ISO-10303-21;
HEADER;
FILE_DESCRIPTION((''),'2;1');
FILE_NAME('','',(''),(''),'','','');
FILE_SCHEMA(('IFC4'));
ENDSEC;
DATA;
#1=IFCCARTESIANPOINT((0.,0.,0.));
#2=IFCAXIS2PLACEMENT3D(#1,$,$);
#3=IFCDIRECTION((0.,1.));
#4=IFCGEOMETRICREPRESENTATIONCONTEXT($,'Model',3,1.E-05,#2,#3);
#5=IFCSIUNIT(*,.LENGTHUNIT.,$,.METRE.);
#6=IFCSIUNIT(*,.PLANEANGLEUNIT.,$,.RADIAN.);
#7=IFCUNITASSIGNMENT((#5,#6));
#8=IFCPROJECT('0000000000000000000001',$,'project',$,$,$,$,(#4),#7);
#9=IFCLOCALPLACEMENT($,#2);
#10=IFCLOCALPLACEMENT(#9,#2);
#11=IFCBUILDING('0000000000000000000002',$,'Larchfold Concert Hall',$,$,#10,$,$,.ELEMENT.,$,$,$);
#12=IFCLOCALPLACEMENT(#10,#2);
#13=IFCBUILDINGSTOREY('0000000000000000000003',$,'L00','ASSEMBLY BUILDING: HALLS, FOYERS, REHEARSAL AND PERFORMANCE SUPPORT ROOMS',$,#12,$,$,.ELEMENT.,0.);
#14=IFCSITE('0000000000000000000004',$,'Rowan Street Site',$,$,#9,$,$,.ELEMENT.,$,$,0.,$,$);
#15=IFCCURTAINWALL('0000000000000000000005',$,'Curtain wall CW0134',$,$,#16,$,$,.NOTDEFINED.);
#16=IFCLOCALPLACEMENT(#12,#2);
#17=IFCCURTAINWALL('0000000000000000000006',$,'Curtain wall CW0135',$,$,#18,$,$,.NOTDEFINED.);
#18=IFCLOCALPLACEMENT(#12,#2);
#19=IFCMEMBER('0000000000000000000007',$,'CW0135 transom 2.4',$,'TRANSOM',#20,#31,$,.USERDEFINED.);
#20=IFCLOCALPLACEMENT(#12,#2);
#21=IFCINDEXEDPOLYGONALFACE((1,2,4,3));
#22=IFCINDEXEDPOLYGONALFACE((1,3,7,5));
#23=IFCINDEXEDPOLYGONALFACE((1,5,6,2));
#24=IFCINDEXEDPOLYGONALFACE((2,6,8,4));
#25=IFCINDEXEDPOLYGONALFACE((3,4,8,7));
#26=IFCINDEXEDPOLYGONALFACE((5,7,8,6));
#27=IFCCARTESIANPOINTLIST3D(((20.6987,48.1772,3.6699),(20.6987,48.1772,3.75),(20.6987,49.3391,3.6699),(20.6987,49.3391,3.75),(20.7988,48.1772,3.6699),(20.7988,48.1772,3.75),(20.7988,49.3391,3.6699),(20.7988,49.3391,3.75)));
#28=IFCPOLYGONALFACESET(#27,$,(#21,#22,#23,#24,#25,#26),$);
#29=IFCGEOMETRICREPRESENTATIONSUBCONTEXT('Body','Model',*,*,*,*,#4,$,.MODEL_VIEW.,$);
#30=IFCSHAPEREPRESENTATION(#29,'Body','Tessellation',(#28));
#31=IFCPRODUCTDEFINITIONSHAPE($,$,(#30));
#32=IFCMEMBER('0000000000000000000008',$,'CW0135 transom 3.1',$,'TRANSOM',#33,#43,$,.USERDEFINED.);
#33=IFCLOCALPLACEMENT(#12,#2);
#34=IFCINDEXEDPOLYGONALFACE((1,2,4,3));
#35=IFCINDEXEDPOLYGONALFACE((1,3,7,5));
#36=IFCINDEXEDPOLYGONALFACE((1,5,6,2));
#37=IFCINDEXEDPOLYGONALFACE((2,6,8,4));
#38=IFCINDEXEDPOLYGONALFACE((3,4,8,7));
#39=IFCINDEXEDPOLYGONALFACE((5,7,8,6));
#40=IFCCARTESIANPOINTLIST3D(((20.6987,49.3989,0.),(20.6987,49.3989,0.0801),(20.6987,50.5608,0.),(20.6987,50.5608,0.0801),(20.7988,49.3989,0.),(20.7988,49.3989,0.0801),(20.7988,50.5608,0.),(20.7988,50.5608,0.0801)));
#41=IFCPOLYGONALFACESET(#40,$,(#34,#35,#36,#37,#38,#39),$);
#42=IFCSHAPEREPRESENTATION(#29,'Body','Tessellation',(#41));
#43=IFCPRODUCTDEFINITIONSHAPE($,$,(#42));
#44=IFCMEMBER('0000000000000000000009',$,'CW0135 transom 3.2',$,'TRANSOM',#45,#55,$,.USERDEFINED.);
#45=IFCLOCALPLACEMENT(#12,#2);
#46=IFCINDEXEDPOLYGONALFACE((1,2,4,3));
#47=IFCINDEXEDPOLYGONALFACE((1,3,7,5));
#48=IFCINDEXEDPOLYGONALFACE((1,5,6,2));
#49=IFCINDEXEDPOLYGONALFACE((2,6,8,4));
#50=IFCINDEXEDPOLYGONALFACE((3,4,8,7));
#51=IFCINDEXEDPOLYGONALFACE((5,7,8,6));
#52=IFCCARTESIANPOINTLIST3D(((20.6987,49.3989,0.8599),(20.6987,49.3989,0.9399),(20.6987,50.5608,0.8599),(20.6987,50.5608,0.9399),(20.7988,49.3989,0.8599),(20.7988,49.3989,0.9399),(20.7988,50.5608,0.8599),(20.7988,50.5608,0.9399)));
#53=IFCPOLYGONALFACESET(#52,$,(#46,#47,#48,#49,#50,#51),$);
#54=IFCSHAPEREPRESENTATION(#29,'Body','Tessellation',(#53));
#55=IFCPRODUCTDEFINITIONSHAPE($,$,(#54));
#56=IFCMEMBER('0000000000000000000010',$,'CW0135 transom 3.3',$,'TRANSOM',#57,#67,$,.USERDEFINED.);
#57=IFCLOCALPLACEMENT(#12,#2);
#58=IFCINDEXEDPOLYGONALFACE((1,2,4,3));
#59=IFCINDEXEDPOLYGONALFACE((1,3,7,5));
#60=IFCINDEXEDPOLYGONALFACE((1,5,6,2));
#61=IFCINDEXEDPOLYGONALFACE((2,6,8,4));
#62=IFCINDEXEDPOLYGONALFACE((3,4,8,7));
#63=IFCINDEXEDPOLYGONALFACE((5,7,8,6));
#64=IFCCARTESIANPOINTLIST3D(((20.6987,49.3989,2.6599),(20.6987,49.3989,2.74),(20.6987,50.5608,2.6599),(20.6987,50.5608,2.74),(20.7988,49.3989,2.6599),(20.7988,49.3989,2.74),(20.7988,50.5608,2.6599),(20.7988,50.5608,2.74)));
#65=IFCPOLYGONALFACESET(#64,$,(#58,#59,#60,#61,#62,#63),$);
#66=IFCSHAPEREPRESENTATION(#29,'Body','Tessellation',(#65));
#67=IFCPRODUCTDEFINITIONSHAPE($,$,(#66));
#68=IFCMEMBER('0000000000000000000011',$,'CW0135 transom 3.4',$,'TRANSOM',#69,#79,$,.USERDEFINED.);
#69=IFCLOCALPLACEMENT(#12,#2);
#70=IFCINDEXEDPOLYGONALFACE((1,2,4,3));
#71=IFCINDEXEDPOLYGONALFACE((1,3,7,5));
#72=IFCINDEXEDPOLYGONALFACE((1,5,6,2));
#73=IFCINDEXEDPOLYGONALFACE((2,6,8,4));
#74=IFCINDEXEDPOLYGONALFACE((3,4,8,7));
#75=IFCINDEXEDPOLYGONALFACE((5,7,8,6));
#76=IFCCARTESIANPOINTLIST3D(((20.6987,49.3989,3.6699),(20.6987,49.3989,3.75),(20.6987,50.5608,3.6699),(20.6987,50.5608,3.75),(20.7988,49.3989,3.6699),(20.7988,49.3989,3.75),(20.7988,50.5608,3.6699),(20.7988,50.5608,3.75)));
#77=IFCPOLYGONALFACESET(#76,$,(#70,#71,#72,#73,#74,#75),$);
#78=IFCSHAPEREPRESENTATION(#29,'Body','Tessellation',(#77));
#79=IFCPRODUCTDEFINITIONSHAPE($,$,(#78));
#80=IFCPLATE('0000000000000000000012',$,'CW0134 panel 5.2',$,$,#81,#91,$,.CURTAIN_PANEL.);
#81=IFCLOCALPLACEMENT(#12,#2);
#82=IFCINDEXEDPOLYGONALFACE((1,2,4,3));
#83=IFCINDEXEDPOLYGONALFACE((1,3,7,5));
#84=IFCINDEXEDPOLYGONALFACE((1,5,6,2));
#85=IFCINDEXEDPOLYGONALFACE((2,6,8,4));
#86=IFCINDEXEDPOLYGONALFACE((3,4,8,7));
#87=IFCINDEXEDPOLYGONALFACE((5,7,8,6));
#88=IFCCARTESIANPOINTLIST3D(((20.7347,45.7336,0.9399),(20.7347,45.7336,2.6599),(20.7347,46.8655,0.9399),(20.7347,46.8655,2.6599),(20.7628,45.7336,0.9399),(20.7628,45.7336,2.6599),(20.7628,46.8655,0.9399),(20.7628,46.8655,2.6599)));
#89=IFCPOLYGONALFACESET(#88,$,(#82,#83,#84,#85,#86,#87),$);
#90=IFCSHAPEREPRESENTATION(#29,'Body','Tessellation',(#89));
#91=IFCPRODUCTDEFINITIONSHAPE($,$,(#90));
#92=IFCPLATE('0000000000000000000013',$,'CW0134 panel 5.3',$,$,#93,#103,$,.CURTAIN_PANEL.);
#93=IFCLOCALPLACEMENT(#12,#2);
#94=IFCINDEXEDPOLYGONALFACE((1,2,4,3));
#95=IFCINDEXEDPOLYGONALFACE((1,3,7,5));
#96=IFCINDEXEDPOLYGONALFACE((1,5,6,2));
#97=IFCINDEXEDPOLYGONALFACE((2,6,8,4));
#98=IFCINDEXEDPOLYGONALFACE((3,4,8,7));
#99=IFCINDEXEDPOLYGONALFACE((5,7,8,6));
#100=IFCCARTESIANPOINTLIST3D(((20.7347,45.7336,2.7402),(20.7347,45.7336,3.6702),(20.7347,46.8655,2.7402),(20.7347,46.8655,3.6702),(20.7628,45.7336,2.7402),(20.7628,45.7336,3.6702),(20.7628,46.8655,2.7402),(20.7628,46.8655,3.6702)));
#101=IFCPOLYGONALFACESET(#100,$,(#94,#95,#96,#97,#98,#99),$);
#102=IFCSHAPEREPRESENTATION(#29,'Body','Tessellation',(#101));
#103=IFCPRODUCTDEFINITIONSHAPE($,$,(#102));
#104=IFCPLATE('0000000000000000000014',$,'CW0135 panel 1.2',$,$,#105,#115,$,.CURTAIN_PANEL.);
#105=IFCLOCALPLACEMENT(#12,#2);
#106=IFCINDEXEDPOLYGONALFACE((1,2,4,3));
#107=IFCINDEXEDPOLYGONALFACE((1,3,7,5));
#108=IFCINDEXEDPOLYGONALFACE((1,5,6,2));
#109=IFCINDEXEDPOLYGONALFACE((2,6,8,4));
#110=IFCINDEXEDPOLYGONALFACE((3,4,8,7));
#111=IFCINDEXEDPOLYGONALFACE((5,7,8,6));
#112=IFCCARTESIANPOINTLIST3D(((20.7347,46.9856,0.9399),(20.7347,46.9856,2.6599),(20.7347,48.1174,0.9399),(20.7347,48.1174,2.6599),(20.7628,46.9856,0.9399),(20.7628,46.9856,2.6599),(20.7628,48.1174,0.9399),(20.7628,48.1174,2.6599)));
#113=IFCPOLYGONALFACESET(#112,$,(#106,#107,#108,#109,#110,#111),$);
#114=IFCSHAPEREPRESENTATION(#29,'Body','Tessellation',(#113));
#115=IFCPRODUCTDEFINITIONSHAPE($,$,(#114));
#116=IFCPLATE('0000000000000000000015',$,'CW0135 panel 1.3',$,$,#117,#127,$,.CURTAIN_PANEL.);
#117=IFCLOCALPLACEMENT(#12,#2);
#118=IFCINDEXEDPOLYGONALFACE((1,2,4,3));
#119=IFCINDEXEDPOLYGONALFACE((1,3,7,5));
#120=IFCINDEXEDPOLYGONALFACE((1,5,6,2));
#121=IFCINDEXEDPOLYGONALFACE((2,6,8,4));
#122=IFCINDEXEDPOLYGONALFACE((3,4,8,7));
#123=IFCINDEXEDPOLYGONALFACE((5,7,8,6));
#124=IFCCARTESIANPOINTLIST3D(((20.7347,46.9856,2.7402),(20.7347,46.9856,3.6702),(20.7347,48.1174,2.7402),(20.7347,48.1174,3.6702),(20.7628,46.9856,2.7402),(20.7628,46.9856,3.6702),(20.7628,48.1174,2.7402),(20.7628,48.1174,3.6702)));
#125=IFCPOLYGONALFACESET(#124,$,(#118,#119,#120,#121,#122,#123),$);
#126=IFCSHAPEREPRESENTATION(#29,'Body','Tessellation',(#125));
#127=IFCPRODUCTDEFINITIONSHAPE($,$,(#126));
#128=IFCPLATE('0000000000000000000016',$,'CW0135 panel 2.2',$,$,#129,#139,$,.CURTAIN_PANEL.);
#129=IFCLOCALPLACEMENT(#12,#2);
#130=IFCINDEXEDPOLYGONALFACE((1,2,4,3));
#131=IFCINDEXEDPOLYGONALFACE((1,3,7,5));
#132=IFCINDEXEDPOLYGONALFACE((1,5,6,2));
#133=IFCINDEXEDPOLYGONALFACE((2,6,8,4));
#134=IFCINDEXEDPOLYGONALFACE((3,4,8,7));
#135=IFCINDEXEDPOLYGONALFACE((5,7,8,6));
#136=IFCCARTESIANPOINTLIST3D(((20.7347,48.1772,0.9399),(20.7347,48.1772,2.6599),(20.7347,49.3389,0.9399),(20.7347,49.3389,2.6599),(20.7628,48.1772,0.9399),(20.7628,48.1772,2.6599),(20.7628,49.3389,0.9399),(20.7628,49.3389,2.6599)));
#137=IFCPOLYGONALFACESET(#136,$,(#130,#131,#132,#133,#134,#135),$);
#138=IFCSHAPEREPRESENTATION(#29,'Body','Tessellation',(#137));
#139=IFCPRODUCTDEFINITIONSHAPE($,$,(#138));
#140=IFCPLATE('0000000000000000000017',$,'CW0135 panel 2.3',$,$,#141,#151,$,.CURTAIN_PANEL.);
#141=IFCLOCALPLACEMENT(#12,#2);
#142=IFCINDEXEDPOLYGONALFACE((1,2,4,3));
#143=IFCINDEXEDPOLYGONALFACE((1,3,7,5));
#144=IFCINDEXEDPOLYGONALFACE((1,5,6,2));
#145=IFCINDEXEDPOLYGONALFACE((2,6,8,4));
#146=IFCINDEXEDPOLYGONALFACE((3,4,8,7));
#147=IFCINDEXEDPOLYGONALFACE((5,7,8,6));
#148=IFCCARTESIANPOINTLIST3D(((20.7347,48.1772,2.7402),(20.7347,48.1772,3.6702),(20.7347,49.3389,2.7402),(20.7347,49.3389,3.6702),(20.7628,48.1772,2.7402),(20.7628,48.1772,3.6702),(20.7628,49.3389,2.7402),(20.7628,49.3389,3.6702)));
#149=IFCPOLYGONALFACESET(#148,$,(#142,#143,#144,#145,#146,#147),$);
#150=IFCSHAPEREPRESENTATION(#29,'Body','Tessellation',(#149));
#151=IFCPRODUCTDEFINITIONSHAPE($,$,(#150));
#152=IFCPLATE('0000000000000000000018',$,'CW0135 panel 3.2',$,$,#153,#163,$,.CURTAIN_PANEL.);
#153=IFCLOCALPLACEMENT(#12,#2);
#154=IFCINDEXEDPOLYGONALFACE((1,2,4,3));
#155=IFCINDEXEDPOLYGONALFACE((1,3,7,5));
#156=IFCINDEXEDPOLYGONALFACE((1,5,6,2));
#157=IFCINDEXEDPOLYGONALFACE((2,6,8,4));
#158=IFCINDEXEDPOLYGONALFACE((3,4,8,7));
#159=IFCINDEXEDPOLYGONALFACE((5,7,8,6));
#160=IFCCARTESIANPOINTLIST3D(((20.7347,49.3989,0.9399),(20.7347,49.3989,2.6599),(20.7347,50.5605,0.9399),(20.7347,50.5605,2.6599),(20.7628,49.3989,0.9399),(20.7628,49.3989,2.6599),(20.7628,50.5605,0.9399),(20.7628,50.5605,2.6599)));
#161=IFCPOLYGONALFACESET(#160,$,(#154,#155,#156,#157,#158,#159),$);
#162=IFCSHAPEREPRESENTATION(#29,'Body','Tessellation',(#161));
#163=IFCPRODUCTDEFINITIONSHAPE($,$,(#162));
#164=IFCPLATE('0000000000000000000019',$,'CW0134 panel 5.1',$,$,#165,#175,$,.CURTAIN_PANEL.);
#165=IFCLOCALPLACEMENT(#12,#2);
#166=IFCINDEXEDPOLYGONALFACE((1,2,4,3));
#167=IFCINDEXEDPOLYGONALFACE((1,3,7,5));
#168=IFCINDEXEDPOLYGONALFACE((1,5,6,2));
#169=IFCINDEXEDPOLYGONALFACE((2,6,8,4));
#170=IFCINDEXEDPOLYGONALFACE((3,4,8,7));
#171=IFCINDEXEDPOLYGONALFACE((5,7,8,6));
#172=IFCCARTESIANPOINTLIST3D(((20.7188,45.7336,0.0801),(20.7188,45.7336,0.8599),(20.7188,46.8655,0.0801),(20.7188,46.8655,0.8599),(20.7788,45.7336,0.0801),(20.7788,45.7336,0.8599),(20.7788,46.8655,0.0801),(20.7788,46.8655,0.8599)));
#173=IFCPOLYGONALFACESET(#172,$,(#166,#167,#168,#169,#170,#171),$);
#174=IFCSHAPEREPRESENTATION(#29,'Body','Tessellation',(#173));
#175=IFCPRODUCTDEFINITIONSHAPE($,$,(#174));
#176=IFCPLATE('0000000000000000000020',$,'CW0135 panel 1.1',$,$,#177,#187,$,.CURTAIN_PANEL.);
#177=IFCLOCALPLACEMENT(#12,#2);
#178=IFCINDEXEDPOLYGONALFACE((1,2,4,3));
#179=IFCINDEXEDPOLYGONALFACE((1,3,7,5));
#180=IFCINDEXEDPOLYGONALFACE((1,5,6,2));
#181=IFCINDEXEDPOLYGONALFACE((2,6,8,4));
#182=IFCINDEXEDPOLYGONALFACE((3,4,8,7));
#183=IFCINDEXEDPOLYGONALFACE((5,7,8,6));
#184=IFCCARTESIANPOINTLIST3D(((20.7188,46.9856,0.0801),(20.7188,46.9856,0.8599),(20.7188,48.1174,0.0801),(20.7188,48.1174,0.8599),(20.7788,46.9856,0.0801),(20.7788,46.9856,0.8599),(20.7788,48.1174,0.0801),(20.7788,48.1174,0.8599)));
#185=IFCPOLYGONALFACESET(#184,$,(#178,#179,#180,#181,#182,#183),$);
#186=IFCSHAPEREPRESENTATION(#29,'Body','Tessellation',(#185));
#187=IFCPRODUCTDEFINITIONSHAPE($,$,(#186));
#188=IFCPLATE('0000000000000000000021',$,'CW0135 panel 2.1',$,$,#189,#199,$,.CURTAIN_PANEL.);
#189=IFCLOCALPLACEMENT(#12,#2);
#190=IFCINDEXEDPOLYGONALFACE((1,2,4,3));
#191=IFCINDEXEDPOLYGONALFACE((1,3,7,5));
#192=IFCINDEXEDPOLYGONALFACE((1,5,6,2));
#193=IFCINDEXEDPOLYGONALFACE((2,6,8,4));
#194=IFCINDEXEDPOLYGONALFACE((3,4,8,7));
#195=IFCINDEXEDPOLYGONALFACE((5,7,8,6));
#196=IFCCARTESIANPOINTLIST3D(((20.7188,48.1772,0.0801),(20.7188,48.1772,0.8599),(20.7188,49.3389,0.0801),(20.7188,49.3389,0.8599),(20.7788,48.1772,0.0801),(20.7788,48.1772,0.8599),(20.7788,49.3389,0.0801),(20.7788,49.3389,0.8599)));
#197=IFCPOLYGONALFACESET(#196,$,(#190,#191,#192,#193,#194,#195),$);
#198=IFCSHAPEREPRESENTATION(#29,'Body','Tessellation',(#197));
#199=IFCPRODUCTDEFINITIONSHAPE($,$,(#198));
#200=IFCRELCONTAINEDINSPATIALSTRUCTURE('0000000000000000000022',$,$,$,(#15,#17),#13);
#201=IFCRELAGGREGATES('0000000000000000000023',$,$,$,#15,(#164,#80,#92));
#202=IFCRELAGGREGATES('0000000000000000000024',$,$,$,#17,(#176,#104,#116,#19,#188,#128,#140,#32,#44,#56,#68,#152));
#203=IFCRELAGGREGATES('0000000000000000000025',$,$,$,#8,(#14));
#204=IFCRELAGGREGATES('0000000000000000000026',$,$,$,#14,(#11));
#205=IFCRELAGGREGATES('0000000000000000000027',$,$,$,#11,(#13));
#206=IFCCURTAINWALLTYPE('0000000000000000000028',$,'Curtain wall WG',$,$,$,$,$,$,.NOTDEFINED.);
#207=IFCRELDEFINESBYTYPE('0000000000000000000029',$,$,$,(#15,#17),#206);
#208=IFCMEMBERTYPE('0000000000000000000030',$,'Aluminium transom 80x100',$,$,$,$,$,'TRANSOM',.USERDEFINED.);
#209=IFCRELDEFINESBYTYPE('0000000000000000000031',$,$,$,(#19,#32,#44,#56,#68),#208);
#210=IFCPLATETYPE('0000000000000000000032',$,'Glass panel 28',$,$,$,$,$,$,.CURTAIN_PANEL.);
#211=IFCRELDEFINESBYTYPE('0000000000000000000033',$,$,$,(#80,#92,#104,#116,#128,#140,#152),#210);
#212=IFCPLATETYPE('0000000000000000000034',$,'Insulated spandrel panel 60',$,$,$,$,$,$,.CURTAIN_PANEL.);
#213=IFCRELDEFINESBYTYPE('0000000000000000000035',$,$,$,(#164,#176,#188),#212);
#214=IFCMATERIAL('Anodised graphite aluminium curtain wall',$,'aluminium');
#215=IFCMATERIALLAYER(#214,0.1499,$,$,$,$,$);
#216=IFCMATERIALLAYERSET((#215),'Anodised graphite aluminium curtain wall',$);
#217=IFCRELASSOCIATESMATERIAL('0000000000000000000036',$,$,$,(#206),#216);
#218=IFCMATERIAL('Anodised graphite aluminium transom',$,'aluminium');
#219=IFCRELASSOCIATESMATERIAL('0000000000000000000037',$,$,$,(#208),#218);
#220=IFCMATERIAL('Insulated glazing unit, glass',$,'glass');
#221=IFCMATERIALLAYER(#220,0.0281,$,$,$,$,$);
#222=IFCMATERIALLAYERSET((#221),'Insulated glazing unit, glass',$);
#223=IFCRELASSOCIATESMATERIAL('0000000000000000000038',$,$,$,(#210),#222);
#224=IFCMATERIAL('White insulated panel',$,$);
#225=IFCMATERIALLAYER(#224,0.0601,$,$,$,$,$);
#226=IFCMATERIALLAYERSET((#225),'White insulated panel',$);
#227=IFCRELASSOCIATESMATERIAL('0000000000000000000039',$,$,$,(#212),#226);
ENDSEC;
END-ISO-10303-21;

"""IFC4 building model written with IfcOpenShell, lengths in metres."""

from ifc_helpers import new_model, si_unit, direction, frame, origin, origin_2d, place, context, subcontext, project, spatial, rectangle, extrude, material, layer, layer_set, material_profile, profile_set, type_object, element, aggregate, save


model = new_model("IFC4")

# Units and contexts
model_context = context("Model", 3, precision=1e-05, world=origin(), true_north=direction((0.0, 1.0)))
body_context = subcontext(model_context, "Body", "Model", "MODEL_VIEW")
ifc_project = project(units=[si_unit("LENGTHUNIT", "METRE"), si_unit("PLANEANGLEUNIT", "RADIAN")], contexts=[model_context])

# Site, building, storey
site_placement = place(None, origin())
site = spatial("IfcSite", under=ifc_project, at=site_placement, Name="Rowan Street Site", CompositionType="ELEMENT", RefElevation=0.0)
building_placement = place(site_placement, origin())
building = spatial("IfcBuilding", under=site, at=building_placement, Name="Larchfold Concert Hall", CompositionType="ELEMENT")
storey_placement = place(building_placement, origin())
storey = spatial("IfcBuildingStorey", under=building, at=storey_placement, Name="L00", Description="ASSEMBLY BUILDING: HALLS, FOYERS, REHEARSAL AND PERFORMANCE SUPPORT ROOMS", CompositionType="ELEMENT", Elevation=0.0)

# Curtain wall
ifc_material_1 = material(Name="Anodised graphite aluminium curtain wall", Category="aluminium")
ifc_layer_1 = layer(ifc_material_1, 0.1499)
ifc_layer_set_1 = layer_set([ifc_layer_1], Name="Anodised graphite aluminium curtain wall")
curtain_wall_type = type_object("IfcCurtainWallType", Name="Curtain wall WG", PredefinedType="NOTDEFINED", material=ifc_layer_set_1)
curtain_wall_1_placement = place(storey_placement, origin())
curtain_wall_1 = element("IfcCurtainWall", 1, at=curtain_wall_1_placement, inside=storey, type_object=curtain_wall_type, Name="Curtain wall CW0134", PredefinedType="NOTDEFINED")

# Curtain wall
curtain_wall_2_placement = place(storey_placement, origin())
curtain_wall_2 = element("IfcCurtainWall", 2, at=curtain_wall_2_placement, inside=storey, type_object=curtain_wall_type, Name="Curtain wall CW0135", PredefinedType="NOTDEFINED")

# Members
ifc_material_2 = material(Name="Anodised graphite aluminium transom", Category="aluminium")
ifc_material_profile_1 = material_profile(ifc_material_2, rectangle(XDim=0.1001, YDim=0.0801, at=origin_2d()))
ifc_profile_set_1 = profile_set([ifc_material_profile_1], Name="Anodised graphite aluminium transom")
member_type_1 = type_object("IfcMemberType", Name="Aluminium transom 80x100", ElementType="TRANSOM", PredefinedType="USERDEFINED", material=ifc_profile_set_1)
member_1_placement = place(storey_placement, frame((20.7488, 48.1772, 3.71), z_axis=(0.0, 1.0, 0.0), x_axis=(-1.0, 0.0, 0.0)))
member_1 = element("IfcMember", 3, at=member_1_placement, type_object=member_type_1, Name="CW0135 transom 2.4", ObjectType="TRANSOM", PredefinedType="USERDEFINED", context=body_context, shape_type="SweptSolid", body=[
    extrude(rectangle(XDim=0.1001, YDim=0.0801, at=origin_2d()), origin(), (0.0, 0.0, 1.0), 1.1619),
])
member_2_placement = place(storey_placement, frame((20.7488, 49.3989, 0.04), z_axis=(0.0, 1.0, 0.0), x_axis=(-1.0, 0.0, 0.0)))
member_2 = element("IfcMember", 4, at=member_2_placement, type_object=member_type_1, Name="CW0135 transom 3.1", ObjectType="TRANSOM", PredefinedType="USERDEFINED", context=body_context, shape_type="SweptSolid", body=[
    extrude(rectangle(XDim=0.1001, YDim=0.0801, at=origin_2d()), origin(), (0.0, 0.0, 1.0), 1.1619),
])
member_3_placement = place(storey_placement, frame((20.7488, 49.3989, 0.8999), z_axis=(0.0, 1.0, 0.0), x_axis=(-1.0, 0.0, 0.0)))
member_3 = element("IfcMember", 5, at=member_3_placement, type_object=member_type_1, Name="CW0135 transom 3.2", ObjectType="TRANSOM", PredefinedType="USERDEFINED", context=body_context, shape_type="SweptSolid", body=[
    extrude(rectangle(XDim=0.1001, YDim=0.0801, at=origin_2d()), origin(), (0.0, 0.0, 1.0), 1.1619),
])
member_4_placement = place(storey_placement, frame((20.7488, 49.3989, 2.7), z_axis=(0.0, 1.0, 0.0), x_axis=(-1.0, 0.0, 0.0)))
member_4 = element("IfcMember", 6, at=member_4_placement, type_object=member_type_1, Name="CW0135 transom 3.3", ObjectType="TRANSOM", PredefinedType="USERDEFINED", context=body_context, shape_type="SweptSolid", body=[
    extrude(rectangle(XDim=0.1001, YDim=0.0801, at=origin_2d()), origin(), (0.0, 0.0, 1.0), 1.1619),
])
member_5_placement = place(storey_placement, frame((20.7488, 49.3989, 3.71), z_axis=(0.0, 1.0, 0.0), x_axis=(-1.0, 0.0, 0.0)))
member_5 = element("IfcMember", 7, at=member_5_placement, type_object=member_type_1, Name="CW0135 transom 3.4", ObjectType="TRANSOM", PredefinedType="USERDEFINED", context=body_context, shape_type="SweptSolid", body=[
    extrude(rectangle(XDim=0.1001, YDim=0.0801, at=origin_2d()), origin(), (0.0, 0.0, 1.0), 1.1619),
])

# Plates
ifc_material_3 = material(Name="Insulated glazing unit, glass", Category="glass")
ifc_layer_2 = layer(ifc_material_3, 0.0281)
ifc_layer_set_2 = layer_set([ifc_layer_2], Name="Insulated glazing unit, glass")
plate_type_1 = type_object("IfcPlateType", Name="Glass panel 28", PredefinedType="CURTAIN_PANEL", material=ifc_layer_set_2)
plate_1_placement = place(storey_placement, frame((20.7488, 46.2996, 0.9399), z_axis=(0.0, 0.0, 1.0), x_axis=(0.0, 1.0, 0.0)))
plate_1 = element("IfcPlate", 8, at=plate_1_placement, type_object=plate_type_1, Name="CW0134 panel 5.2", PredefinedType="CURTAIN_PANEL", context=body_context, shape_type="SweptSolid", body=[
    extrude(rectangle(XDim=1.1318, YDim=0.0281, at=origin_2d()), origin(), (0.0, 0.0, 1.0), 1.72),
])
plate_2_placement = place(storey_placement, frame((20.7488, 46.2996, 2.7402), z_axis=(0.0, 0.0, 1.0), x_axis=(0.0, 1.0, 0.0)))
plate_2 = element("IfcPlate", 9, at=plate_2_placement, type_object=plate_type_1, Name="CW0134 panel 5.3", PredefinedType="CURTAIN_PANEL", context=body_context, shape_type="SweptSolid", body=[
    extrude(rectangle(XDim=1.1318, YDim=0.0281, at=origin_2d()), origin(), (0.0, 0.0, 1.0), 0.9299),
])
plate_3_placement = place(storey_placement, frame((20.7488, 47.5515, 0.9399), z_axis=(0.0, 0.0, 1.0), x_axis=(0.0, 1.0, 0.0)))
plate_3 = element("IfcPlate", 10, at=plate_3_placement, type_object=plate_type_1, Name="CW0135 panel 1.2", PredefinedType="CURTAIN_PANEL", context=body_context, shape_type="SweptSolid", body=[
    extrude(rectangle(XDim=1.1318, YDim=0.0281, at=origin_2d()), origin(), (0.0, 0.0, 1.0), 1.72),
])
plate_4_placement = place(storey_placement, frame((20.7488, 47.5515, 2.7402), z_axis=(0.0, 0.0, 1.0), x_axis=(0.0, 1.0, 0.0)))
plate_4 = element("IfcPlate", 11, at=plate_4_placement, type_object=plate_type_1, Name="CW0135 panel 1.3", PredefinedType="CURTAIN_PANEL", context=body_context, shape_type="SweptSolid", body=[
    extrude(rectangle(XDim=1.1318, YDim=0.0281, at=origin_2d()), origin(), (0.0, 0.0, 1.0), 0.9299),
])
plate_5_placement = place(storey_placement, frame((20.7488, 48.7581, 0.9399), z_axis=(0.0, 0.0, 1.0), x_axis=(0.0, 1.0, 0.0)))
plate_5 = element("IfcPlate", 12, at=plate_5_placement, type_object=plate_type_1, Name="CW0135 panel 2.2", PredefinedType="CURTAIN_PANEL", context=body_context, shape_type="SweptSolid", body=[
    extrude(rectangle(XDim=1.1616, YDim=0.0281, at=origin_2d()), origin(), (0.0, 0.0, 1.0), 1.72),
])
plate_6_placement = place(storey_placement, frame((20.7488, 48.7581, 2.7402), z_axis=(0.0, 0.0, 1.0), x_axis=(0.0, 1.0, 0.0)))
plate_6 = element("IfcPlate", 13, at=plate_6_placement, type_object=plate_type_1, Name="CW0135 panel 2.3", PredefinedType="CURTAIN_PANEL", context=body_context, shape_type="SweptSolid", body=[
    extrude(rectangle(XDim=1.1616, YDim=0.0281, at=origin_2d()), origin(), (0.0, 0.0, 1.0), 0.9299),
])
plate_7_placement = place(storey_placement, frame((20.7488, 49.9797, 0.9399), z_axis=(0.0, 0.0, 1.0), x_axis=(0.0, 1.0, 0.0)))
plate_7 = element("IfcPlate", 14, at=plate_7_placement, type_object=plate_type_1, Name="CW0135 panel 3.2", PredefinedType="CURTAIN_PANEL", context=body_context, shape_type="SweptSolid", body=[
    extrude(rectangle(XDim=1.1616, YDim=0.0281, at=origin_2d()), origin(), (0.0, 0.0, 1.0), 1.72),
])
ifc_material_4 = material(Name="White insulated panel")
ifc_layer_3 = layer(ifc_material_4, 0.0601)
ifc_layer_set_3 = layer_set([ifc_layer_3], Name="White insulated panel")
plate_type_2 = type_object("IfcPlateType", Name="Insulated spandrel panel 60", PredefinedType="CURTAIN_PANEL", material=ifc_layer_set_3)
plate_8_placement = place(storey_placement, frame((20.7488, 46.2996, 0.0801), z_axis=(0.0, 0.0, 1.0), x_axis=(0.0, 1.0, 0.0)))
plate_8 = element("IfcPlate", 15, at=plate_8_placement, type_object=plate_type_2, Name="CW0134 panel 5.1", PredefinedType="CURTAIN_PANEL", context=body_context, shape_type="SweptSolid", body=[
    extrude(rectangle(XDim=1.1318, YDim=0.0601, at=origin_2d()), origin(), (0.0, 0.0, 1.0), 0.7798),
])
aggregate(curtain_wall_1, [plate_8, plate_1, plate_2])
plate_9_placement = place(storey_placement, frame((20.7488, 47.5515, 0.0801), z_axis=(0.0, 0.0, 1.0), x_axis=(0.0, 1.0, 0.0)))
plate_9 = element("IfcPlate", 16, at=plate_9_placement, type_object=plate_type_2, Name="CW0135 panel 1.1", PredefinedType="CURTAIN_PANEL", context=body_context, shape_type="SweptSolid", body=[
    extrude(rectangle(XDim=1.1318, YDim=0.0601, at=origin_2d()), origin(), (0.0, 0.0, 1.0), 0.7798),
])
plate_10_placement = place(storey_placement, frame((20.7488, 48.7581, 0.0801), z_axis=(0.0, 0.0, 1.0), x_axis=(0.0, 1.0, 0.0)))
plate_10 = element("IfcPlate", 17, at=plate_10_placement, type_object=plate_type_2, Name="CW0135 panel 2.1", PredefinedType="CURTAIN_PANEL", context=body_context, shape_type="SweptSolid", body=[
    extrude(rectangle(XDim=1.1616, YDim=0.0601, at=origin_2d()), origin(), (0.0, 0.0, 1.0), 0.7798),
])
aggregate(curtain_wall_2, [plate_9, plate_3, plate_4, member_1, plate_10, plate_5, plate_6, member_2, member_3, member_4, member_5, plate_7])

save(model, "model.ifc")
